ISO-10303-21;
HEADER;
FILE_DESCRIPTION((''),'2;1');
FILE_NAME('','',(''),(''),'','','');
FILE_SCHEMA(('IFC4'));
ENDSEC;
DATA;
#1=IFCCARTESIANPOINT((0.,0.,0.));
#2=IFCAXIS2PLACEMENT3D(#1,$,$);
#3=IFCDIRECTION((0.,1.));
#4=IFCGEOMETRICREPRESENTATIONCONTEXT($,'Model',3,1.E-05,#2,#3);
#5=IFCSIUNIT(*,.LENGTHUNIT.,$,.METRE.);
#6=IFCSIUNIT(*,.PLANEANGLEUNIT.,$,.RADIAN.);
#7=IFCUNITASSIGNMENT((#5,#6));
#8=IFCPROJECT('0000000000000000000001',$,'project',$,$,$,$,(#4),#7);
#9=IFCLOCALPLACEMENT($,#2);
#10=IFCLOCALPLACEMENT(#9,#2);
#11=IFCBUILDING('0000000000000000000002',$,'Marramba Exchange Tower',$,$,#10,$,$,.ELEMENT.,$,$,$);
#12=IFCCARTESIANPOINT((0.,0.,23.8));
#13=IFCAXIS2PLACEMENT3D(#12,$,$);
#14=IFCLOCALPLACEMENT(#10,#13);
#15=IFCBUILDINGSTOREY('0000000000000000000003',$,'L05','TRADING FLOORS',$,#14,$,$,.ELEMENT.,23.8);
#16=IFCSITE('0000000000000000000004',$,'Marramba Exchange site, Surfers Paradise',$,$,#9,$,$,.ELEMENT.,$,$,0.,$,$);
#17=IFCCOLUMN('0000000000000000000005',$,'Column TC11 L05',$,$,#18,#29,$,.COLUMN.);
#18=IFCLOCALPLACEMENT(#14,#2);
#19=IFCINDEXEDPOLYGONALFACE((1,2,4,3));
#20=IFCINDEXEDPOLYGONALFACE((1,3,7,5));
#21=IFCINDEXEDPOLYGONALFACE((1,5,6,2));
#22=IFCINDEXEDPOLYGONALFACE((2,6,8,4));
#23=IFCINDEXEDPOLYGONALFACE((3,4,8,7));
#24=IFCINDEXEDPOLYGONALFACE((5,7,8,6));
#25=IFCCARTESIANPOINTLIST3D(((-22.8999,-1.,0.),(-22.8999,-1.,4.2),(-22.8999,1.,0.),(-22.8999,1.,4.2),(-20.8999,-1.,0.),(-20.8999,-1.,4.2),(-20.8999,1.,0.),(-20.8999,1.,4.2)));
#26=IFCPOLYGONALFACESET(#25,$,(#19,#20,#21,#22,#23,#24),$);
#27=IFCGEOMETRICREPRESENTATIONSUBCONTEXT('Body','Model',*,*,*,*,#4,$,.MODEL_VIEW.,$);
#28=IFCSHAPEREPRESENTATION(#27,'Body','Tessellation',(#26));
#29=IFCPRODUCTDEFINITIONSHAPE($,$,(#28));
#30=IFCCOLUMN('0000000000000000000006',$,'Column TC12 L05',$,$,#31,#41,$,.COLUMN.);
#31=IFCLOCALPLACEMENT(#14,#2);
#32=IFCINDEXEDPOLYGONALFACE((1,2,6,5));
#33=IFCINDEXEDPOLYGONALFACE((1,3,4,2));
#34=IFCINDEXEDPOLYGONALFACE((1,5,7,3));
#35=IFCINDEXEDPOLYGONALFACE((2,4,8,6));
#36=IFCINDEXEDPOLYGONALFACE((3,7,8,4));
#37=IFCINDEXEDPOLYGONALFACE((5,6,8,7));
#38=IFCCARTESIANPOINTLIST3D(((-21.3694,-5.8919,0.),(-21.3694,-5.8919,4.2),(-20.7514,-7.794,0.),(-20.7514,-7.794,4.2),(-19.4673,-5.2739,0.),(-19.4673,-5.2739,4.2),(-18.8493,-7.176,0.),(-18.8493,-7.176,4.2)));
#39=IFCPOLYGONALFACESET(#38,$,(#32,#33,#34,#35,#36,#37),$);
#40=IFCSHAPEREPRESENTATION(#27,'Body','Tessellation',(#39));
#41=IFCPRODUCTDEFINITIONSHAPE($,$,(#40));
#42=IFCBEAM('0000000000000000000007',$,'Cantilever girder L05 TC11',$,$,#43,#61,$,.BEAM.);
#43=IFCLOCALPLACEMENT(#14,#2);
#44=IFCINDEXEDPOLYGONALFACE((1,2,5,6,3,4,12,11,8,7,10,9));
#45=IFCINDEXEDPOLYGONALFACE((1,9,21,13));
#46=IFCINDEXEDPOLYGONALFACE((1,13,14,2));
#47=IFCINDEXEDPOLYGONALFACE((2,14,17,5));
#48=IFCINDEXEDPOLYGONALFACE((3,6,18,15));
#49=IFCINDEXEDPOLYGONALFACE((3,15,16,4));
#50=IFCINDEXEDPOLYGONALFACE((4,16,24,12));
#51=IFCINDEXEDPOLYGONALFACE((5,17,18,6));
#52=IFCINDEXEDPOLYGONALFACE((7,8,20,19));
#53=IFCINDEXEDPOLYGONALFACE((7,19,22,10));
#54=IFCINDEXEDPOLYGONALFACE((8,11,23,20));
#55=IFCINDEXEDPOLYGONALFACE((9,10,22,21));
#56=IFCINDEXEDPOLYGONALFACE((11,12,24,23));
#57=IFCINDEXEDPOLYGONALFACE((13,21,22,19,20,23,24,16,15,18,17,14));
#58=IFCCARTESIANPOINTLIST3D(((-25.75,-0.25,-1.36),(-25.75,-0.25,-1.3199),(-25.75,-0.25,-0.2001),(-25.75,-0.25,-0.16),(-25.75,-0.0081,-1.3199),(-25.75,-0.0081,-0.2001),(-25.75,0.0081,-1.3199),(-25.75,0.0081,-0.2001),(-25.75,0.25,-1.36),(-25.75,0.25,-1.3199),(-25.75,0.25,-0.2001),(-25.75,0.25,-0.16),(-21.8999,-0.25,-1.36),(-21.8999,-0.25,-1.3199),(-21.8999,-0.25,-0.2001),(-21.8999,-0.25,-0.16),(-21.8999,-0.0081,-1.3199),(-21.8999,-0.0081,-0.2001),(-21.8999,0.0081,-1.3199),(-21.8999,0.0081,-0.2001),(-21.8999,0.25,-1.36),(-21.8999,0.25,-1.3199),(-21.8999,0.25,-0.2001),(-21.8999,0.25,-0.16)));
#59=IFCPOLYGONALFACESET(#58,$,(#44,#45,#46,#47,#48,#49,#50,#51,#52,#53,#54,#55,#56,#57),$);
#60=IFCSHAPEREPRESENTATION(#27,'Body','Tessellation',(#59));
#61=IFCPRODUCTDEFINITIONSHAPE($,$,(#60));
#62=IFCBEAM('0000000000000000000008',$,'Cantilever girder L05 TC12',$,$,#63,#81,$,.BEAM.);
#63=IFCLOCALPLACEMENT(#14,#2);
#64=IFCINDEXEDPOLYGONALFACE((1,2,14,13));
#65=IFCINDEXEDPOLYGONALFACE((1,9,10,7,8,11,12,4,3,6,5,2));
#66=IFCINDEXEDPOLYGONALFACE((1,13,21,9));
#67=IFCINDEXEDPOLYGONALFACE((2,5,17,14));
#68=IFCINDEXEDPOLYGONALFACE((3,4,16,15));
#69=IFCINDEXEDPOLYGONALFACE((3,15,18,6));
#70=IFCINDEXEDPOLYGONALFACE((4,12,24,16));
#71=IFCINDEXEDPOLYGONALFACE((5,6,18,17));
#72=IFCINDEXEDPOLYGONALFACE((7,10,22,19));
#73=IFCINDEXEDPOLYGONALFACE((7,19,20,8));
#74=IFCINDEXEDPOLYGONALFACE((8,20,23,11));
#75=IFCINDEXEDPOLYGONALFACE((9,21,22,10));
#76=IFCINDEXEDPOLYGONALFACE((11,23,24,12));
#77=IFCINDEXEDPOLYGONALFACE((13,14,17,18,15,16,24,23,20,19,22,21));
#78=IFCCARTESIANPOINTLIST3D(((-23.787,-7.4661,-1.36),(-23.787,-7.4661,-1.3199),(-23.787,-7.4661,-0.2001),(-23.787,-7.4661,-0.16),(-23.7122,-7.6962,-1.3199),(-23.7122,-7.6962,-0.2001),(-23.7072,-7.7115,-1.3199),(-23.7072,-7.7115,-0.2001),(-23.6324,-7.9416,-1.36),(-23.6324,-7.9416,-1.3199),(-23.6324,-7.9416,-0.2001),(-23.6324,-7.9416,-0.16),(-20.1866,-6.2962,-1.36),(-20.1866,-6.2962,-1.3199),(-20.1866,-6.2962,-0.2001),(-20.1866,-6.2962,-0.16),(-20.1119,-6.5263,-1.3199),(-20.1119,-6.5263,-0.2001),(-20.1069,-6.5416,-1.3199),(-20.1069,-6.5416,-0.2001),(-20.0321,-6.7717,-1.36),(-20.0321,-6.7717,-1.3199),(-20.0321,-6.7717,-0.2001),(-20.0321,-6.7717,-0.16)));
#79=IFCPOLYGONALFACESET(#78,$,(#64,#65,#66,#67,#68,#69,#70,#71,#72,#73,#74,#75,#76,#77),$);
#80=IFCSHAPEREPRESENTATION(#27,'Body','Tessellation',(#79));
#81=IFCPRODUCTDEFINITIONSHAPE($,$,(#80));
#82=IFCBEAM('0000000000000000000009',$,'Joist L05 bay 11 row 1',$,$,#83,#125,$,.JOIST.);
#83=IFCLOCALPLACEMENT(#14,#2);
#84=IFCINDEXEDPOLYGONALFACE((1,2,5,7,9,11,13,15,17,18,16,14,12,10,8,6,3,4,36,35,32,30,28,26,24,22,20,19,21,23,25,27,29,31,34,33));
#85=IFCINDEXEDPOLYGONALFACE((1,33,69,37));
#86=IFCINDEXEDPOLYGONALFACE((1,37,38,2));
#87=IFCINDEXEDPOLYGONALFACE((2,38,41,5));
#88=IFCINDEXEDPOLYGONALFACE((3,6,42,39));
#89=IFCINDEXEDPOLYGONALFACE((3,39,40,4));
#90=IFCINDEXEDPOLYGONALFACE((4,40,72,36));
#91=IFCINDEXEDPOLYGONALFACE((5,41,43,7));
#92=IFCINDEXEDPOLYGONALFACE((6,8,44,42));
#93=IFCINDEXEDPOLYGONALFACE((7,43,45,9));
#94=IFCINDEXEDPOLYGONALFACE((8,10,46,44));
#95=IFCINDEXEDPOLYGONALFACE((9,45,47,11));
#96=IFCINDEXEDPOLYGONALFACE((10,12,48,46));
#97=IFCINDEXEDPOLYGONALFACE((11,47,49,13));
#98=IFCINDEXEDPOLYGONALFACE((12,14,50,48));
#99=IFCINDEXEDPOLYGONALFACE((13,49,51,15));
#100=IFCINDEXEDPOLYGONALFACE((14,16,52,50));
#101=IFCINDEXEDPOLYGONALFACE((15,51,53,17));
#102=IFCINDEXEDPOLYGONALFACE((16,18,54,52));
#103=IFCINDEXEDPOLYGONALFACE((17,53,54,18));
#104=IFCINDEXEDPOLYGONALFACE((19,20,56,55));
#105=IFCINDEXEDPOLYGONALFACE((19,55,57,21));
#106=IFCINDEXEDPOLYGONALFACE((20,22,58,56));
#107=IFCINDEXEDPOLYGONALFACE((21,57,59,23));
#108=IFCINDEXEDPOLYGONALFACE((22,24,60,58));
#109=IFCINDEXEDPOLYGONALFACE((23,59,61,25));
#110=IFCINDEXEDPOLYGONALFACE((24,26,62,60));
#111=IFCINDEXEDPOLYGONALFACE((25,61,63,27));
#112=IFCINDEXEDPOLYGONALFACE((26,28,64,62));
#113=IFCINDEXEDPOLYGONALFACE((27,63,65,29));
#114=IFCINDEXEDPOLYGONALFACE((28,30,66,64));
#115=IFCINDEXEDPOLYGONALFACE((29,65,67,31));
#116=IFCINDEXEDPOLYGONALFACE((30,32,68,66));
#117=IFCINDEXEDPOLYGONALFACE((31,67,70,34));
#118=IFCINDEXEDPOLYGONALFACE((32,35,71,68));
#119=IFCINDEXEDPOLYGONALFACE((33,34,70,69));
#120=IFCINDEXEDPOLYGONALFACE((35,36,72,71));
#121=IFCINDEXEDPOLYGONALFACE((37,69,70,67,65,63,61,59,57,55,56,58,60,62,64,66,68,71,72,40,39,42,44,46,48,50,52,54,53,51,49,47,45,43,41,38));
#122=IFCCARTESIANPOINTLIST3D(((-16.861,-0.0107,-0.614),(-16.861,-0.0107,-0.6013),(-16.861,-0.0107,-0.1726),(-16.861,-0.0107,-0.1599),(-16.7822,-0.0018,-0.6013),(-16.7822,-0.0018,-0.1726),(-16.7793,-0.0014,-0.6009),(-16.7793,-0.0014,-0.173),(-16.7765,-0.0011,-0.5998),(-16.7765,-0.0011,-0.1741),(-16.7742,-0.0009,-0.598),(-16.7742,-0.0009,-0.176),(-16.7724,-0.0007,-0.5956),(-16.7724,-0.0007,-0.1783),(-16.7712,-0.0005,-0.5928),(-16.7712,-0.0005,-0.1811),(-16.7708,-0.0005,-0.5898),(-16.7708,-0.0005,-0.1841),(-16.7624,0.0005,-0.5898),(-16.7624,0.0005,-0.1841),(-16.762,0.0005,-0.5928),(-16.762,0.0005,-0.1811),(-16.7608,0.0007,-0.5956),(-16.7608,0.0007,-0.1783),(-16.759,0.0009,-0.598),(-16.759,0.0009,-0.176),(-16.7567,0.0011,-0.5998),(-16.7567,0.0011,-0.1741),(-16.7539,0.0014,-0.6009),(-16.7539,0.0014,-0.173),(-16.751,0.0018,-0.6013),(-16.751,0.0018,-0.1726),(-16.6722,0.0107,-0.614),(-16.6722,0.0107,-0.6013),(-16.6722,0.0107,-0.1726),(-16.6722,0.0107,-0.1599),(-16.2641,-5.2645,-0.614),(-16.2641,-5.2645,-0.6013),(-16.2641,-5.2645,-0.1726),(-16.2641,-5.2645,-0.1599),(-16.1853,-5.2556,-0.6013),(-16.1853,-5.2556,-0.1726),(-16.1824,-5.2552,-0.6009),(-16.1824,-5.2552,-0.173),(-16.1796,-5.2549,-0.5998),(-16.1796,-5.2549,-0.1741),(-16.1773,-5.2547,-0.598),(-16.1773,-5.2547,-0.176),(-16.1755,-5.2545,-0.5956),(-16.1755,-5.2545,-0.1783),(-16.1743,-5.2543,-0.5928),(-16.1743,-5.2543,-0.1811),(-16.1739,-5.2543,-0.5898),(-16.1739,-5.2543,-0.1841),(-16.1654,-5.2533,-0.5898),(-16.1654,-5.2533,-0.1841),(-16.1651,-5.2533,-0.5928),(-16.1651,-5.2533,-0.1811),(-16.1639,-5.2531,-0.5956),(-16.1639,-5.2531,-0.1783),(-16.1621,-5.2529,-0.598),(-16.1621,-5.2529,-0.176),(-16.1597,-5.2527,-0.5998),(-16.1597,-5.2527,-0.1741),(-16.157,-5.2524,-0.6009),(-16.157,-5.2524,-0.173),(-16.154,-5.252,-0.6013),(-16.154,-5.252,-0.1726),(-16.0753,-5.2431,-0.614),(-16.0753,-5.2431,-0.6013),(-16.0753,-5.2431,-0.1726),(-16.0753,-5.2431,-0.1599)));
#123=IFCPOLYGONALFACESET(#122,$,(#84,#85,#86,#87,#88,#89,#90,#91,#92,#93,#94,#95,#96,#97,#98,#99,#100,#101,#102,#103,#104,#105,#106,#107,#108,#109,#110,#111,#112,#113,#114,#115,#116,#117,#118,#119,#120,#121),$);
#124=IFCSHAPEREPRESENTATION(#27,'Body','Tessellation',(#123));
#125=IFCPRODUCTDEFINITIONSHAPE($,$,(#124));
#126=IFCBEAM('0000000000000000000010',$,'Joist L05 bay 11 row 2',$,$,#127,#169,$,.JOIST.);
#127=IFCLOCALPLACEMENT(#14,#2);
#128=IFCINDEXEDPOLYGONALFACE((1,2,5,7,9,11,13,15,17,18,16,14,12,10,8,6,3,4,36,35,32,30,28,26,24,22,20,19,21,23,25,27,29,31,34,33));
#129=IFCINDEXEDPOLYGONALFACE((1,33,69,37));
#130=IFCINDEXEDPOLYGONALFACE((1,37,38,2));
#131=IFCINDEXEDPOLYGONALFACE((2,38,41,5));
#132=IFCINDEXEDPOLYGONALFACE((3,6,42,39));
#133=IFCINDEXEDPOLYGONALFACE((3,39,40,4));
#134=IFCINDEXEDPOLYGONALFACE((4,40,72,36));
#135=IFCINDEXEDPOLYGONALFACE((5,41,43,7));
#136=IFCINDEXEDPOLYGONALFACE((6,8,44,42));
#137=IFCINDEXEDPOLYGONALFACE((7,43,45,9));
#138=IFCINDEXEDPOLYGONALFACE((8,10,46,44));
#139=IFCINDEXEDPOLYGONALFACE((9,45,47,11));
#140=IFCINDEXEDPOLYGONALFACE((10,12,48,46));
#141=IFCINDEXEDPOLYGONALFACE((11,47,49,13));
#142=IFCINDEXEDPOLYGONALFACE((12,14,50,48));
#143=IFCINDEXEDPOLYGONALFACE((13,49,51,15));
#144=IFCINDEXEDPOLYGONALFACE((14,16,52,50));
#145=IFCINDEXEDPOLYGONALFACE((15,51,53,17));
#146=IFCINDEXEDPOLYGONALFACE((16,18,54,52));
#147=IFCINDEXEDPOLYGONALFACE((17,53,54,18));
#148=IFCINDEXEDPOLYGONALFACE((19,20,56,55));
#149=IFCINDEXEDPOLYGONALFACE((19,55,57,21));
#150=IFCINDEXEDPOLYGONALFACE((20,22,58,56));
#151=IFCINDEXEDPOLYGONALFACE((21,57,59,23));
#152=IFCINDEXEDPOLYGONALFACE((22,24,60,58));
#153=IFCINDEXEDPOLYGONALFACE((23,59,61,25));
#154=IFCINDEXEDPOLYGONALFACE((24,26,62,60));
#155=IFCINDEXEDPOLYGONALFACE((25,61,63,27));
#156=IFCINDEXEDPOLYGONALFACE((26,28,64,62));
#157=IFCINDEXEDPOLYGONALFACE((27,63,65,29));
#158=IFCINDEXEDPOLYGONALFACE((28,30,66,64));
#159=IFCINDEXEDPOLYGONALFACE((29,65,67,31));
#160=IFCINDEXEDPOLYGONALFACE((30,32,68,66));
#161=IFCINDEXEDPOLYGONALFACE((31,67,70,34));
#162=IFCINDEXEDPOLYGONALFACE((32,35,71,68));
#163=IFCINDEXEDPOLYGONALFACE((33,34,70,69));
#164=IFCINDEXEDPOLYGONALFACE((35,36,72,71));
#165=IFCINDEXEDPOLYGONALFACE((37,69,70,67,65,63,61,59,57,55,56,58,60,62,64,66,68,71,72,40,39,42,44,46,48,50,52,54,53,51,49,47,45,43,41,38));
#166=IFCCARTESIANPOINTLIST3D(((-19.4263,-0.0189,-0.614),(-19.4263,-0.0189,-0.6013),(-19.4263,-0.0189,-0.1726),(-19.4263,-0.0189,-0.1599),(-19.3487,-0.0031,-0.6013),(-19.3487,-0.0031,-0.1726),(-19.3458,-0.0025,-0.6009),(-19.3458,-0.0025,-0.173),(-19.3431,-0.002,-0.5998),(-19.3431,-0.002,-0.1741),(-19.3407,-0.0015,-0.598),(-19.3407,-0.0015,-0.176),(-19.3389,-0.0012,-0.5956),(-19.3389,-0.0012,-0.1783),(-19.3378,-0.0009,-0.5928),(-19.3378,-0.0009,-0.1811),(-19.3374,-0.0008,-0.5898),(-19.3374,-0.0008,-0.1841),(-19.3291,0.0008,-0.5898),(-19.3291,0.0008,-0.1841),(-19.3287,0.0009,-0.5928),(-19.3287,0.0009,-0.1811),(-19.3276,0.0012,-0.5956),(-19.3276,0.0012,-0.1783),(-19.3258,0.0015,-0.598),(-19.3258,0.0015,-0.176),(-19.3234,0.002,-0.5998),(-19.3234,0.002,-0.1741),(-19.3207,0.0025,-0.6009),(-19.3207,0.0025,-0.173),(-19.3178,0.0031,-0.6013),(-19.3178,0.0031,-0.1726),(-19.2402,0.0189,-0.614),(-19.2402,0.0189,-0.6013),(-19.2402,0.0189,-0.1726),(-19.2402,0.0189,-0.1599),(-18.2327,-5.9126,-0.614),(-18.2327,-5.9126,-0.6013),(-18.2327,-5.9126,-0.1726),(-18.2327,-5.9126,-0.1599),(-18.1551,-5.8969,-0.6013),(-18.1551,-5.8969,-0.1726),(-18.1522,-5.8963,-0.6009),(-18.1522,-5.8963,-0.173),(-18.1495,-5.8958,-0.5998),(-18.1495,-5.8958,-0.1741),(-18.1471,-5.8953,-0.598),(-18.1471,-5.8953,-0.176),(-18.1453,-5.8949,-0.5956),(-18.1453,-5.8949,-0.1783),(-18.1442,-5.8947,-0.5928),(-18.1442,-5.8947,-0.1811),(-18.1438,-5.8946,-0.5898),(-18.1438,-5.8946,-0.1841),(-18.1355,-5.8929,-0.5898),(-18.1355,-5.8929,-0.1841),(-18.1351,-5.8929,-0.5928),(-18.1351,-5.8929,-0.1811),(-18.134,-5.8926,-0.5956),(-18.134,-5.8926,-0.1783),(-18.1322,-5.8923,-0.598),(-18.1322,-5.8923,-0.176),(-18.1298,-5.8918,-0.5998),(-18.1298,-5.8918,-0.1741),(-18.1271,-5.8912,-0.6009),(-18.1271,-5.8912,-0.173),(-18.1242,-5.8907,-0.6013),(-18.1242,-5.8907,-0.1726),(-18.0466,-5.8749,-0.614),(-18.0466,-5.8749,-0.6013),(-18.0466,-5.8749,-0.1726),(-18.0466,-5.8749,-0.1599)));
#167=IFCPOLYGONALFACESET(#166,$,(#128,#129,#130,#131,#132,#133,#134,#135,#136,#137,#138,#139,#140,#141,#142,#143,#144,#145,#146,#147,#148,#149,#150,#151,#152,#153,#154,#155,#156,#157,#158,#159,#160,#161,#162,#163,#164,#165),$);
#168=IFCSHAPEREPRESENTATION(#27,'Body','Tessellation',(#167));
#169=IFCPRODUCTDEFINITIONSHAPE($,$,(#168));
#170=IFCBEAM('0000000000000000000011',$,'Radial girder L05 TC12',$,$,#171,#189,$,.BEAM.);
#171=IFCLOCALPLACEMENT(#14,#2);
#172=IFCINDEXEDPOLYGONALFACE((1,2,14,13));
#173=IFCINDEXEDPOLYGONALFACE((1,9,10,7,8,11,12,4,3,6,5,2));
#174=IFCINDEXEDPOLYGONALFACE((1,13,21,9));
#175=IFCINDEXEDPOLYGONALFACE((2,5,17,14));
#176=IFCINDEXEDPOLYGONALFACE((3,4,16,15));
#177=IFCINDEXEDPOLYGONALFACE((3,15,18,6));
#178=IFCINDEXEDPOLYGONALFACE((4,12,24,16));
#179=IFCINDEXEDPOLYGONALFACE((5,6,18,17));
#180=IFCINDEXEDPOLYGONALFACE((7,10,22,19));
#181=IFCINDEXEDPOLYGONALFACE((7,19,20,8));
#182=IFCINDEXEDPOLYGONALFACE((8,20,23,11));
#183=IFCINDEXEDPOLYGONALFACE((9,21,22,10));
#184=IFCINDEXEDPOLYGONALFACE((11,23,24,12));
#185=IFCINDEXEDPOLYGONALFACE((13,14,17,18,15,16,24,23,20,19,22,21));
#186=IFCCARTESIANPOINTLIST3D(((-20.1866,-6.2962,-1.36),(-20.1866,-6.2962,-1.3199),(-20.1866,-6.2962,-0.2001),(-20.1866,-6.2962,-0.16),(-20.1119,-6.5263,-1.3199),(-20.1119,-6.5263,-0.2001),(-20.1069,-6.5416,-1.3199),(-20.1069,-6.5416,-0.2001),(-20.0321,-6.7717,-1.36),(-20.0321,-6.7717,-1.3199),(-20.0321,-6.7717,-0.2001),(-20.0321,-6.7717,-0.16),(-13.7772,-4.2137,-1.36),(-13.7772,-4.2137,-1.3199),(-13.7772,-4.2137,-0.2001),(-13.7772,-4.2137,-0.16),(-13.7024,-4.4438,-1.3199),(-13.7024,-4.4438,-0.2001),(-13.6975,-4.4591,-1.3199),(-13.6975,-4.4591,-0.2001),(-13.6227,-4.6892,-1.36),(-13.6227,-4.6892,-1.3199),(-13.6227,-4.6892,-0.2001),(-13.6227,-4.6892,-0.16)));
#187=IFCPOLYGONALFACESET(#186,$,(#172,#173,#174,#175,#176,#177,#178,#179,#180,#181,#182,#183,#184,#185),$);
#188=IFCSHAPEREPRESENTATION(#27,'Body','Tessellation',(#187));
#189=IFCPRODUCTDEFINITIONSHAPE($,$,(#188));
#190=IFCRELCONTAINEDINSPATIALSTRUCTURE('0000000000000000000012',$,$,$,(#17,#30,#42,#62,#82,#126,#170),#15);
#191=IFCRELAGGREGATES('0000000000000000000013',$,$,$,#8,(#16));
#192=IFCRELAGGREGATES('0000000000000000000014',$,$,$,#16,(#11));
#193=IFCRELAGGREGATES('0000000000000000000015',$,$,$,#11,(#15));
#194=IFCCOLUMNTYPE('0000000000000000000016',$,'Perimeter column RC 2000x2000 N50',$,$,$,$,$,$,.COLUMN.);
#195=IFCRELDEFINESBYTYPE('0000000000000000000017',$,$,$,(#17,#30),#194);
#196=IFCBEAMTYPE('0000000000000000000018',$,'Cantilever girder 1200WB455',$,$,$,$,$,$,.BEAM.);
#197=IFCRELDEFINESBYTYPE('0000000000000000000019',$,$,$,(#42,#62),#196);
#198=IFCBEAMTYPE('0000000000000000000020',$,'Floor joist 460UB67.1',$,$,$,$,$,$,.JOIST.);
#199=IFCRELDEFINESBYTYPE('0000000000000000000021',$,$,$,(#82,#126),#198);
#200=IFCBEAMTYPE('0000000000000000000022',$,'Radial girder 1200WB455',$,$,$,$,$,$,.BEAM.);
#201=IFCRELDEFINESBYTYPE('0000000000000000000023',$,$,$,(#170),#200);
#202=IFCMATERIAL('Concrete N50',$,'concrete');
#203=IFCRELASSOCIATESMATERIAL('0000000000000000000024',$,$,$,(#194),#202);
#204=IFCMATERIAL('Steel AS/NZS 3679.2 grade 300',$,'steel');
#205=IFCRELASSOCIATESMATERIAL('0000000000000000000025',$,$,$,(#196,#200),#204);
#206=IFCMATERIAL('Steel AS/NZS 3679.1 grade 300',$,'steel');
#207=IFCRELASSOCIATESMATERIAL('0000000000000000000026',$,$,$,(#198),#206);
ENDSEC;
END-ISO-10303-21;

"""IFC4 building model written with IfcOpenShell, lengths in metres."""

from ifc_helpers import new_model, si_unit, direction, frame, origin, origin_2d, place, context, subcontext, project, spatial, rectangle, i_section, extrude, material, material_profile, profile_set, type_object, element, save


model = new_model("IFC4")

# Units and contexts
model_context = context("Model", 3, precision=1e-05, world=origin(), true_north=direction((0.0, 1.0)))
body_context = subcontext(model_context, "Body", "Model", "MODEL_VIEW")
ifc_project = project(units=[si_unit("LENGTHUNIT", "METRE"), si_unit("PLANEANGLEUNIT", "RADIAN")], contexts=[model_context])

# Site, building, storey
site_placement = place(None, origin())
site = spatial("IfcSite", under=ifc_project, at=site_placement, Name="Marramba Exchange site, Surfers Paradise", CompositionType="ELEMENT", RefElevation=0.0)
building_placement = place(site_placement, origin())
building = spatial("IfcBuilding", under=site, at=building_placement, Name="Marramba Exchange Tower", CompositionType="ELEMENT")
storey_placement = place(building_placement, frame((0.0, 0.0, 23.8)))
storey = spatial("IfcBuildingStorey", under=building, at=storey_placement, Name="L05", Description="TRADING FLOORS", CompositionType="ELEMENT", Elevation=23.8)

# Columns
ifc_material_1 = material(Name="Concrete N50", Category="concrete")
ifc_material_profile_1 = material_profile(ifc_material_1, rectangle(XDim=2.0, YDim=2.0, at=origin_2d()), Name="RC 2000x2000")
ifc_profile_set_1 = profile_set([ifc_material_profile_1], Name="Concrete N50")
column_type = type_object("IfcColumnType", Name="Perimeter column RC 2000x2000 N50", PredefinedType="COLUMN", material=ifc_profile_set_1)
for number, where, z_axis, x_axis, name in (
    (1, (-21.8999, 0.0, 0.0), (0.0, 0.0, 1.0), (-1.0, 0.0, 0.0), "Column TC11 L05"),
    (2, (-20.1094, -6.5339, 0.0), (0.0, 0.0, 1.0), (-0.951057, -0.309017, 0.0), "Column TC12 L05"),
):
    element("IfcColumn", number, at=place(storey_placement, frame(where, z_axis=z_axis, x_axis=x_axis)), inside=storey, type_object=column_type, Name=name, PredefinedType="COLUMN", context=body_context, shape_type="SweptSolid", body=[
        extrude(rectangle(XDim=2.0, YDim=2.0, at=origin_2d()), origin(), (0.0, 0.0, 1.0), 4.2),
    ])

# Beams
ifc_material_2 = material(Name="Steel AS/NZS 3679.2 grade 300", Category="steel")
ifc_material_profile_2 = material_profile(ifc_material_2, i_section(OverallWidth=0.5, OverallDepth=1.2, WebThickness=0.0161, FlangeThickness=0.04, at=origin_2d()), Name="1200WB455")
ifc_profile_set_2 = profile_set([ifc_material_profile_2], Name="Steel AS/NZS 3679.2 grade 300")
beam_type_1 = type_object("IfcBeamType", Name="Cantilever girder 1200WB455", PredefinedType="BEAM", material=ifc_profile_set_2)
beam_1_placement = place(storey_placement, frame((-21.8999, 0.0, -0.76), z_axis=(-1.0, 0.0, 0.0), x_axis=(0.0, -1.0, 0.0)))
element("IfcBeam", 3, at=beam_1_placement, inside=storey, type_object=beam_type_1, Name="Cantilever girder L05 TC11", PredefinedType="BEAM", context=body_context, shape_type="SweptSolid", body=[
    extrude(i_section(OverallWidth=0.5, OverallDepth=1.2, WebThickness=0.0161, FlangeThickness=0.04, at=origin_2d()), origin(), (0.0, 0.0, 1.0), 3.8501),
])
beam_2_placement = place(storey_placement, frame((-20.1094, -6.5339, -0.76), z_axis=(-0.951049, -0.309041, 0.0), x_axis=(0.309041, -0.951049, 0.0)))
element("IfcBeam", 4, at=beam_2_placement, inside=storey, type_object=beam_type_1, Name="Cantilever girder L05 TC12", PredefinedType="BEAM", context=body_context, shape_type="SweptSolid", body=[
    extrude(i_section(OverallWidth=0.5, OverallDepth=1.2, WebThickness=0.0161, FlangeThickness=0.04, at=origin_2d()), origin(), (0.0, 0.0, 1.0), 3.7856),
])
ifc_material_3 = material(Name="Steel AS/NZS 3679.1 grade 300", Category="steel")
ifc_material_profile_3 = material_profile(ifc_material_3, i_section(OverallWidth=0.1899, OverallDepth=0.4541, WebThickness=0.0085, FlangeThickness=0.0127, FilletRadius=0.0115, at=origin_2d()), Name="460UB67.1")
ifc_profile_set_3 = profile_set([ifc_material_profile_3], Name="Steel AS/NZS 3679.1 grade 300")
beam_type_2 = type_object("IfcBeamType", Name="Floor joist 460UB67.1", PredefinedType="JOIST", material=ifc_profile_set_3)
beam_3_placement = place(storey_placement, frame((-16.7666, 0.0, -0.387), z_axis=(0.112889, -0.993608, 0.0), x_axis=(0.993608, 0.112889, 0.0)))
element("IfcBeam", 5, at=beam_3_placement, inside=storey, type_object=beam_type_2, Name="Joist L05 bay 11 row 1", PredefinedType="JOIST", context=body_context, shape_type="SweptSolid", body=[
    extrude(i_section(OverallWidth=0.1899, OverallDepth=0.4541, WebThickness=0.0085, FlangeThickness=0.0127, FilletRadius=0.0115, at=origin_2d()), origin(), (0.0, 0.0, 1.0), 5.2876),
])
beam_4_placement = place(storey_placement, frame((-19.3333, 0.0, -0.387), z_axis=(0.198489, -0.980103, 0.0), x_axis=(0.980103, 0.198489, 0.0)))
element("IfcBeam", 6, at=beam_4_placement, inside=storey, type_object=beam_type_2, Name="Joist L05 bay 11 row 2", PredefinedType="JOIST", context=body_context, shape_type="SweptSolid", body=[
    extrude(i_section(OverallWidth=0.1899, OverallDepth=0.4541, WebThickness=0.0085, FlangeThickness=0.0127, FilletRadius=0.0115, at=origin_2d()), origin(), (0.0, 0.0, 1.0), 6.0134),
])
ifc_material_profile_4 = material_profile(ifc_material_2, i_section(OverallWidth=0.5, OverallDepth=1.2, WebThickness=0.0161, FlangeThickness=0.04, at=origin_2d()), Name="1200WB455")
ifc_profile_set_4 = profile_set([ifc_material_profile_4], Name="Steel AS/NZS 3679.2 grade 300")
beam_type_3 = type_object("IfcBeamType", Name="Radial girder 1200WB455", PredefinedType="BEAM", material=ifc_profile_set_4)
beam_5_placement = place(storey_placement, frame((-13.7, -4.4514, -0.76), z_axis=(-0.951058, -0.309013, 0.0), x_axis=(0.309013, -0.951058, 0.0)))
element("IfcBeam", 7, at=beam_5_placement, inside=storey, type_object=beam_type_3, Name="Radial girder L05 TC12", PredefinedType="BEAM", context=body_context, shape_type="SweptSolid", body=[
    extrude(i_section(OverallWidth=0.5, OverallDepth=1.2, WebThickness=0.0161, FlangeThickness=0.04, at=origin_2d()), origin(), (0.0, 0.0, 1.0), 6.7393),
])

save(model, "model.ifc")
